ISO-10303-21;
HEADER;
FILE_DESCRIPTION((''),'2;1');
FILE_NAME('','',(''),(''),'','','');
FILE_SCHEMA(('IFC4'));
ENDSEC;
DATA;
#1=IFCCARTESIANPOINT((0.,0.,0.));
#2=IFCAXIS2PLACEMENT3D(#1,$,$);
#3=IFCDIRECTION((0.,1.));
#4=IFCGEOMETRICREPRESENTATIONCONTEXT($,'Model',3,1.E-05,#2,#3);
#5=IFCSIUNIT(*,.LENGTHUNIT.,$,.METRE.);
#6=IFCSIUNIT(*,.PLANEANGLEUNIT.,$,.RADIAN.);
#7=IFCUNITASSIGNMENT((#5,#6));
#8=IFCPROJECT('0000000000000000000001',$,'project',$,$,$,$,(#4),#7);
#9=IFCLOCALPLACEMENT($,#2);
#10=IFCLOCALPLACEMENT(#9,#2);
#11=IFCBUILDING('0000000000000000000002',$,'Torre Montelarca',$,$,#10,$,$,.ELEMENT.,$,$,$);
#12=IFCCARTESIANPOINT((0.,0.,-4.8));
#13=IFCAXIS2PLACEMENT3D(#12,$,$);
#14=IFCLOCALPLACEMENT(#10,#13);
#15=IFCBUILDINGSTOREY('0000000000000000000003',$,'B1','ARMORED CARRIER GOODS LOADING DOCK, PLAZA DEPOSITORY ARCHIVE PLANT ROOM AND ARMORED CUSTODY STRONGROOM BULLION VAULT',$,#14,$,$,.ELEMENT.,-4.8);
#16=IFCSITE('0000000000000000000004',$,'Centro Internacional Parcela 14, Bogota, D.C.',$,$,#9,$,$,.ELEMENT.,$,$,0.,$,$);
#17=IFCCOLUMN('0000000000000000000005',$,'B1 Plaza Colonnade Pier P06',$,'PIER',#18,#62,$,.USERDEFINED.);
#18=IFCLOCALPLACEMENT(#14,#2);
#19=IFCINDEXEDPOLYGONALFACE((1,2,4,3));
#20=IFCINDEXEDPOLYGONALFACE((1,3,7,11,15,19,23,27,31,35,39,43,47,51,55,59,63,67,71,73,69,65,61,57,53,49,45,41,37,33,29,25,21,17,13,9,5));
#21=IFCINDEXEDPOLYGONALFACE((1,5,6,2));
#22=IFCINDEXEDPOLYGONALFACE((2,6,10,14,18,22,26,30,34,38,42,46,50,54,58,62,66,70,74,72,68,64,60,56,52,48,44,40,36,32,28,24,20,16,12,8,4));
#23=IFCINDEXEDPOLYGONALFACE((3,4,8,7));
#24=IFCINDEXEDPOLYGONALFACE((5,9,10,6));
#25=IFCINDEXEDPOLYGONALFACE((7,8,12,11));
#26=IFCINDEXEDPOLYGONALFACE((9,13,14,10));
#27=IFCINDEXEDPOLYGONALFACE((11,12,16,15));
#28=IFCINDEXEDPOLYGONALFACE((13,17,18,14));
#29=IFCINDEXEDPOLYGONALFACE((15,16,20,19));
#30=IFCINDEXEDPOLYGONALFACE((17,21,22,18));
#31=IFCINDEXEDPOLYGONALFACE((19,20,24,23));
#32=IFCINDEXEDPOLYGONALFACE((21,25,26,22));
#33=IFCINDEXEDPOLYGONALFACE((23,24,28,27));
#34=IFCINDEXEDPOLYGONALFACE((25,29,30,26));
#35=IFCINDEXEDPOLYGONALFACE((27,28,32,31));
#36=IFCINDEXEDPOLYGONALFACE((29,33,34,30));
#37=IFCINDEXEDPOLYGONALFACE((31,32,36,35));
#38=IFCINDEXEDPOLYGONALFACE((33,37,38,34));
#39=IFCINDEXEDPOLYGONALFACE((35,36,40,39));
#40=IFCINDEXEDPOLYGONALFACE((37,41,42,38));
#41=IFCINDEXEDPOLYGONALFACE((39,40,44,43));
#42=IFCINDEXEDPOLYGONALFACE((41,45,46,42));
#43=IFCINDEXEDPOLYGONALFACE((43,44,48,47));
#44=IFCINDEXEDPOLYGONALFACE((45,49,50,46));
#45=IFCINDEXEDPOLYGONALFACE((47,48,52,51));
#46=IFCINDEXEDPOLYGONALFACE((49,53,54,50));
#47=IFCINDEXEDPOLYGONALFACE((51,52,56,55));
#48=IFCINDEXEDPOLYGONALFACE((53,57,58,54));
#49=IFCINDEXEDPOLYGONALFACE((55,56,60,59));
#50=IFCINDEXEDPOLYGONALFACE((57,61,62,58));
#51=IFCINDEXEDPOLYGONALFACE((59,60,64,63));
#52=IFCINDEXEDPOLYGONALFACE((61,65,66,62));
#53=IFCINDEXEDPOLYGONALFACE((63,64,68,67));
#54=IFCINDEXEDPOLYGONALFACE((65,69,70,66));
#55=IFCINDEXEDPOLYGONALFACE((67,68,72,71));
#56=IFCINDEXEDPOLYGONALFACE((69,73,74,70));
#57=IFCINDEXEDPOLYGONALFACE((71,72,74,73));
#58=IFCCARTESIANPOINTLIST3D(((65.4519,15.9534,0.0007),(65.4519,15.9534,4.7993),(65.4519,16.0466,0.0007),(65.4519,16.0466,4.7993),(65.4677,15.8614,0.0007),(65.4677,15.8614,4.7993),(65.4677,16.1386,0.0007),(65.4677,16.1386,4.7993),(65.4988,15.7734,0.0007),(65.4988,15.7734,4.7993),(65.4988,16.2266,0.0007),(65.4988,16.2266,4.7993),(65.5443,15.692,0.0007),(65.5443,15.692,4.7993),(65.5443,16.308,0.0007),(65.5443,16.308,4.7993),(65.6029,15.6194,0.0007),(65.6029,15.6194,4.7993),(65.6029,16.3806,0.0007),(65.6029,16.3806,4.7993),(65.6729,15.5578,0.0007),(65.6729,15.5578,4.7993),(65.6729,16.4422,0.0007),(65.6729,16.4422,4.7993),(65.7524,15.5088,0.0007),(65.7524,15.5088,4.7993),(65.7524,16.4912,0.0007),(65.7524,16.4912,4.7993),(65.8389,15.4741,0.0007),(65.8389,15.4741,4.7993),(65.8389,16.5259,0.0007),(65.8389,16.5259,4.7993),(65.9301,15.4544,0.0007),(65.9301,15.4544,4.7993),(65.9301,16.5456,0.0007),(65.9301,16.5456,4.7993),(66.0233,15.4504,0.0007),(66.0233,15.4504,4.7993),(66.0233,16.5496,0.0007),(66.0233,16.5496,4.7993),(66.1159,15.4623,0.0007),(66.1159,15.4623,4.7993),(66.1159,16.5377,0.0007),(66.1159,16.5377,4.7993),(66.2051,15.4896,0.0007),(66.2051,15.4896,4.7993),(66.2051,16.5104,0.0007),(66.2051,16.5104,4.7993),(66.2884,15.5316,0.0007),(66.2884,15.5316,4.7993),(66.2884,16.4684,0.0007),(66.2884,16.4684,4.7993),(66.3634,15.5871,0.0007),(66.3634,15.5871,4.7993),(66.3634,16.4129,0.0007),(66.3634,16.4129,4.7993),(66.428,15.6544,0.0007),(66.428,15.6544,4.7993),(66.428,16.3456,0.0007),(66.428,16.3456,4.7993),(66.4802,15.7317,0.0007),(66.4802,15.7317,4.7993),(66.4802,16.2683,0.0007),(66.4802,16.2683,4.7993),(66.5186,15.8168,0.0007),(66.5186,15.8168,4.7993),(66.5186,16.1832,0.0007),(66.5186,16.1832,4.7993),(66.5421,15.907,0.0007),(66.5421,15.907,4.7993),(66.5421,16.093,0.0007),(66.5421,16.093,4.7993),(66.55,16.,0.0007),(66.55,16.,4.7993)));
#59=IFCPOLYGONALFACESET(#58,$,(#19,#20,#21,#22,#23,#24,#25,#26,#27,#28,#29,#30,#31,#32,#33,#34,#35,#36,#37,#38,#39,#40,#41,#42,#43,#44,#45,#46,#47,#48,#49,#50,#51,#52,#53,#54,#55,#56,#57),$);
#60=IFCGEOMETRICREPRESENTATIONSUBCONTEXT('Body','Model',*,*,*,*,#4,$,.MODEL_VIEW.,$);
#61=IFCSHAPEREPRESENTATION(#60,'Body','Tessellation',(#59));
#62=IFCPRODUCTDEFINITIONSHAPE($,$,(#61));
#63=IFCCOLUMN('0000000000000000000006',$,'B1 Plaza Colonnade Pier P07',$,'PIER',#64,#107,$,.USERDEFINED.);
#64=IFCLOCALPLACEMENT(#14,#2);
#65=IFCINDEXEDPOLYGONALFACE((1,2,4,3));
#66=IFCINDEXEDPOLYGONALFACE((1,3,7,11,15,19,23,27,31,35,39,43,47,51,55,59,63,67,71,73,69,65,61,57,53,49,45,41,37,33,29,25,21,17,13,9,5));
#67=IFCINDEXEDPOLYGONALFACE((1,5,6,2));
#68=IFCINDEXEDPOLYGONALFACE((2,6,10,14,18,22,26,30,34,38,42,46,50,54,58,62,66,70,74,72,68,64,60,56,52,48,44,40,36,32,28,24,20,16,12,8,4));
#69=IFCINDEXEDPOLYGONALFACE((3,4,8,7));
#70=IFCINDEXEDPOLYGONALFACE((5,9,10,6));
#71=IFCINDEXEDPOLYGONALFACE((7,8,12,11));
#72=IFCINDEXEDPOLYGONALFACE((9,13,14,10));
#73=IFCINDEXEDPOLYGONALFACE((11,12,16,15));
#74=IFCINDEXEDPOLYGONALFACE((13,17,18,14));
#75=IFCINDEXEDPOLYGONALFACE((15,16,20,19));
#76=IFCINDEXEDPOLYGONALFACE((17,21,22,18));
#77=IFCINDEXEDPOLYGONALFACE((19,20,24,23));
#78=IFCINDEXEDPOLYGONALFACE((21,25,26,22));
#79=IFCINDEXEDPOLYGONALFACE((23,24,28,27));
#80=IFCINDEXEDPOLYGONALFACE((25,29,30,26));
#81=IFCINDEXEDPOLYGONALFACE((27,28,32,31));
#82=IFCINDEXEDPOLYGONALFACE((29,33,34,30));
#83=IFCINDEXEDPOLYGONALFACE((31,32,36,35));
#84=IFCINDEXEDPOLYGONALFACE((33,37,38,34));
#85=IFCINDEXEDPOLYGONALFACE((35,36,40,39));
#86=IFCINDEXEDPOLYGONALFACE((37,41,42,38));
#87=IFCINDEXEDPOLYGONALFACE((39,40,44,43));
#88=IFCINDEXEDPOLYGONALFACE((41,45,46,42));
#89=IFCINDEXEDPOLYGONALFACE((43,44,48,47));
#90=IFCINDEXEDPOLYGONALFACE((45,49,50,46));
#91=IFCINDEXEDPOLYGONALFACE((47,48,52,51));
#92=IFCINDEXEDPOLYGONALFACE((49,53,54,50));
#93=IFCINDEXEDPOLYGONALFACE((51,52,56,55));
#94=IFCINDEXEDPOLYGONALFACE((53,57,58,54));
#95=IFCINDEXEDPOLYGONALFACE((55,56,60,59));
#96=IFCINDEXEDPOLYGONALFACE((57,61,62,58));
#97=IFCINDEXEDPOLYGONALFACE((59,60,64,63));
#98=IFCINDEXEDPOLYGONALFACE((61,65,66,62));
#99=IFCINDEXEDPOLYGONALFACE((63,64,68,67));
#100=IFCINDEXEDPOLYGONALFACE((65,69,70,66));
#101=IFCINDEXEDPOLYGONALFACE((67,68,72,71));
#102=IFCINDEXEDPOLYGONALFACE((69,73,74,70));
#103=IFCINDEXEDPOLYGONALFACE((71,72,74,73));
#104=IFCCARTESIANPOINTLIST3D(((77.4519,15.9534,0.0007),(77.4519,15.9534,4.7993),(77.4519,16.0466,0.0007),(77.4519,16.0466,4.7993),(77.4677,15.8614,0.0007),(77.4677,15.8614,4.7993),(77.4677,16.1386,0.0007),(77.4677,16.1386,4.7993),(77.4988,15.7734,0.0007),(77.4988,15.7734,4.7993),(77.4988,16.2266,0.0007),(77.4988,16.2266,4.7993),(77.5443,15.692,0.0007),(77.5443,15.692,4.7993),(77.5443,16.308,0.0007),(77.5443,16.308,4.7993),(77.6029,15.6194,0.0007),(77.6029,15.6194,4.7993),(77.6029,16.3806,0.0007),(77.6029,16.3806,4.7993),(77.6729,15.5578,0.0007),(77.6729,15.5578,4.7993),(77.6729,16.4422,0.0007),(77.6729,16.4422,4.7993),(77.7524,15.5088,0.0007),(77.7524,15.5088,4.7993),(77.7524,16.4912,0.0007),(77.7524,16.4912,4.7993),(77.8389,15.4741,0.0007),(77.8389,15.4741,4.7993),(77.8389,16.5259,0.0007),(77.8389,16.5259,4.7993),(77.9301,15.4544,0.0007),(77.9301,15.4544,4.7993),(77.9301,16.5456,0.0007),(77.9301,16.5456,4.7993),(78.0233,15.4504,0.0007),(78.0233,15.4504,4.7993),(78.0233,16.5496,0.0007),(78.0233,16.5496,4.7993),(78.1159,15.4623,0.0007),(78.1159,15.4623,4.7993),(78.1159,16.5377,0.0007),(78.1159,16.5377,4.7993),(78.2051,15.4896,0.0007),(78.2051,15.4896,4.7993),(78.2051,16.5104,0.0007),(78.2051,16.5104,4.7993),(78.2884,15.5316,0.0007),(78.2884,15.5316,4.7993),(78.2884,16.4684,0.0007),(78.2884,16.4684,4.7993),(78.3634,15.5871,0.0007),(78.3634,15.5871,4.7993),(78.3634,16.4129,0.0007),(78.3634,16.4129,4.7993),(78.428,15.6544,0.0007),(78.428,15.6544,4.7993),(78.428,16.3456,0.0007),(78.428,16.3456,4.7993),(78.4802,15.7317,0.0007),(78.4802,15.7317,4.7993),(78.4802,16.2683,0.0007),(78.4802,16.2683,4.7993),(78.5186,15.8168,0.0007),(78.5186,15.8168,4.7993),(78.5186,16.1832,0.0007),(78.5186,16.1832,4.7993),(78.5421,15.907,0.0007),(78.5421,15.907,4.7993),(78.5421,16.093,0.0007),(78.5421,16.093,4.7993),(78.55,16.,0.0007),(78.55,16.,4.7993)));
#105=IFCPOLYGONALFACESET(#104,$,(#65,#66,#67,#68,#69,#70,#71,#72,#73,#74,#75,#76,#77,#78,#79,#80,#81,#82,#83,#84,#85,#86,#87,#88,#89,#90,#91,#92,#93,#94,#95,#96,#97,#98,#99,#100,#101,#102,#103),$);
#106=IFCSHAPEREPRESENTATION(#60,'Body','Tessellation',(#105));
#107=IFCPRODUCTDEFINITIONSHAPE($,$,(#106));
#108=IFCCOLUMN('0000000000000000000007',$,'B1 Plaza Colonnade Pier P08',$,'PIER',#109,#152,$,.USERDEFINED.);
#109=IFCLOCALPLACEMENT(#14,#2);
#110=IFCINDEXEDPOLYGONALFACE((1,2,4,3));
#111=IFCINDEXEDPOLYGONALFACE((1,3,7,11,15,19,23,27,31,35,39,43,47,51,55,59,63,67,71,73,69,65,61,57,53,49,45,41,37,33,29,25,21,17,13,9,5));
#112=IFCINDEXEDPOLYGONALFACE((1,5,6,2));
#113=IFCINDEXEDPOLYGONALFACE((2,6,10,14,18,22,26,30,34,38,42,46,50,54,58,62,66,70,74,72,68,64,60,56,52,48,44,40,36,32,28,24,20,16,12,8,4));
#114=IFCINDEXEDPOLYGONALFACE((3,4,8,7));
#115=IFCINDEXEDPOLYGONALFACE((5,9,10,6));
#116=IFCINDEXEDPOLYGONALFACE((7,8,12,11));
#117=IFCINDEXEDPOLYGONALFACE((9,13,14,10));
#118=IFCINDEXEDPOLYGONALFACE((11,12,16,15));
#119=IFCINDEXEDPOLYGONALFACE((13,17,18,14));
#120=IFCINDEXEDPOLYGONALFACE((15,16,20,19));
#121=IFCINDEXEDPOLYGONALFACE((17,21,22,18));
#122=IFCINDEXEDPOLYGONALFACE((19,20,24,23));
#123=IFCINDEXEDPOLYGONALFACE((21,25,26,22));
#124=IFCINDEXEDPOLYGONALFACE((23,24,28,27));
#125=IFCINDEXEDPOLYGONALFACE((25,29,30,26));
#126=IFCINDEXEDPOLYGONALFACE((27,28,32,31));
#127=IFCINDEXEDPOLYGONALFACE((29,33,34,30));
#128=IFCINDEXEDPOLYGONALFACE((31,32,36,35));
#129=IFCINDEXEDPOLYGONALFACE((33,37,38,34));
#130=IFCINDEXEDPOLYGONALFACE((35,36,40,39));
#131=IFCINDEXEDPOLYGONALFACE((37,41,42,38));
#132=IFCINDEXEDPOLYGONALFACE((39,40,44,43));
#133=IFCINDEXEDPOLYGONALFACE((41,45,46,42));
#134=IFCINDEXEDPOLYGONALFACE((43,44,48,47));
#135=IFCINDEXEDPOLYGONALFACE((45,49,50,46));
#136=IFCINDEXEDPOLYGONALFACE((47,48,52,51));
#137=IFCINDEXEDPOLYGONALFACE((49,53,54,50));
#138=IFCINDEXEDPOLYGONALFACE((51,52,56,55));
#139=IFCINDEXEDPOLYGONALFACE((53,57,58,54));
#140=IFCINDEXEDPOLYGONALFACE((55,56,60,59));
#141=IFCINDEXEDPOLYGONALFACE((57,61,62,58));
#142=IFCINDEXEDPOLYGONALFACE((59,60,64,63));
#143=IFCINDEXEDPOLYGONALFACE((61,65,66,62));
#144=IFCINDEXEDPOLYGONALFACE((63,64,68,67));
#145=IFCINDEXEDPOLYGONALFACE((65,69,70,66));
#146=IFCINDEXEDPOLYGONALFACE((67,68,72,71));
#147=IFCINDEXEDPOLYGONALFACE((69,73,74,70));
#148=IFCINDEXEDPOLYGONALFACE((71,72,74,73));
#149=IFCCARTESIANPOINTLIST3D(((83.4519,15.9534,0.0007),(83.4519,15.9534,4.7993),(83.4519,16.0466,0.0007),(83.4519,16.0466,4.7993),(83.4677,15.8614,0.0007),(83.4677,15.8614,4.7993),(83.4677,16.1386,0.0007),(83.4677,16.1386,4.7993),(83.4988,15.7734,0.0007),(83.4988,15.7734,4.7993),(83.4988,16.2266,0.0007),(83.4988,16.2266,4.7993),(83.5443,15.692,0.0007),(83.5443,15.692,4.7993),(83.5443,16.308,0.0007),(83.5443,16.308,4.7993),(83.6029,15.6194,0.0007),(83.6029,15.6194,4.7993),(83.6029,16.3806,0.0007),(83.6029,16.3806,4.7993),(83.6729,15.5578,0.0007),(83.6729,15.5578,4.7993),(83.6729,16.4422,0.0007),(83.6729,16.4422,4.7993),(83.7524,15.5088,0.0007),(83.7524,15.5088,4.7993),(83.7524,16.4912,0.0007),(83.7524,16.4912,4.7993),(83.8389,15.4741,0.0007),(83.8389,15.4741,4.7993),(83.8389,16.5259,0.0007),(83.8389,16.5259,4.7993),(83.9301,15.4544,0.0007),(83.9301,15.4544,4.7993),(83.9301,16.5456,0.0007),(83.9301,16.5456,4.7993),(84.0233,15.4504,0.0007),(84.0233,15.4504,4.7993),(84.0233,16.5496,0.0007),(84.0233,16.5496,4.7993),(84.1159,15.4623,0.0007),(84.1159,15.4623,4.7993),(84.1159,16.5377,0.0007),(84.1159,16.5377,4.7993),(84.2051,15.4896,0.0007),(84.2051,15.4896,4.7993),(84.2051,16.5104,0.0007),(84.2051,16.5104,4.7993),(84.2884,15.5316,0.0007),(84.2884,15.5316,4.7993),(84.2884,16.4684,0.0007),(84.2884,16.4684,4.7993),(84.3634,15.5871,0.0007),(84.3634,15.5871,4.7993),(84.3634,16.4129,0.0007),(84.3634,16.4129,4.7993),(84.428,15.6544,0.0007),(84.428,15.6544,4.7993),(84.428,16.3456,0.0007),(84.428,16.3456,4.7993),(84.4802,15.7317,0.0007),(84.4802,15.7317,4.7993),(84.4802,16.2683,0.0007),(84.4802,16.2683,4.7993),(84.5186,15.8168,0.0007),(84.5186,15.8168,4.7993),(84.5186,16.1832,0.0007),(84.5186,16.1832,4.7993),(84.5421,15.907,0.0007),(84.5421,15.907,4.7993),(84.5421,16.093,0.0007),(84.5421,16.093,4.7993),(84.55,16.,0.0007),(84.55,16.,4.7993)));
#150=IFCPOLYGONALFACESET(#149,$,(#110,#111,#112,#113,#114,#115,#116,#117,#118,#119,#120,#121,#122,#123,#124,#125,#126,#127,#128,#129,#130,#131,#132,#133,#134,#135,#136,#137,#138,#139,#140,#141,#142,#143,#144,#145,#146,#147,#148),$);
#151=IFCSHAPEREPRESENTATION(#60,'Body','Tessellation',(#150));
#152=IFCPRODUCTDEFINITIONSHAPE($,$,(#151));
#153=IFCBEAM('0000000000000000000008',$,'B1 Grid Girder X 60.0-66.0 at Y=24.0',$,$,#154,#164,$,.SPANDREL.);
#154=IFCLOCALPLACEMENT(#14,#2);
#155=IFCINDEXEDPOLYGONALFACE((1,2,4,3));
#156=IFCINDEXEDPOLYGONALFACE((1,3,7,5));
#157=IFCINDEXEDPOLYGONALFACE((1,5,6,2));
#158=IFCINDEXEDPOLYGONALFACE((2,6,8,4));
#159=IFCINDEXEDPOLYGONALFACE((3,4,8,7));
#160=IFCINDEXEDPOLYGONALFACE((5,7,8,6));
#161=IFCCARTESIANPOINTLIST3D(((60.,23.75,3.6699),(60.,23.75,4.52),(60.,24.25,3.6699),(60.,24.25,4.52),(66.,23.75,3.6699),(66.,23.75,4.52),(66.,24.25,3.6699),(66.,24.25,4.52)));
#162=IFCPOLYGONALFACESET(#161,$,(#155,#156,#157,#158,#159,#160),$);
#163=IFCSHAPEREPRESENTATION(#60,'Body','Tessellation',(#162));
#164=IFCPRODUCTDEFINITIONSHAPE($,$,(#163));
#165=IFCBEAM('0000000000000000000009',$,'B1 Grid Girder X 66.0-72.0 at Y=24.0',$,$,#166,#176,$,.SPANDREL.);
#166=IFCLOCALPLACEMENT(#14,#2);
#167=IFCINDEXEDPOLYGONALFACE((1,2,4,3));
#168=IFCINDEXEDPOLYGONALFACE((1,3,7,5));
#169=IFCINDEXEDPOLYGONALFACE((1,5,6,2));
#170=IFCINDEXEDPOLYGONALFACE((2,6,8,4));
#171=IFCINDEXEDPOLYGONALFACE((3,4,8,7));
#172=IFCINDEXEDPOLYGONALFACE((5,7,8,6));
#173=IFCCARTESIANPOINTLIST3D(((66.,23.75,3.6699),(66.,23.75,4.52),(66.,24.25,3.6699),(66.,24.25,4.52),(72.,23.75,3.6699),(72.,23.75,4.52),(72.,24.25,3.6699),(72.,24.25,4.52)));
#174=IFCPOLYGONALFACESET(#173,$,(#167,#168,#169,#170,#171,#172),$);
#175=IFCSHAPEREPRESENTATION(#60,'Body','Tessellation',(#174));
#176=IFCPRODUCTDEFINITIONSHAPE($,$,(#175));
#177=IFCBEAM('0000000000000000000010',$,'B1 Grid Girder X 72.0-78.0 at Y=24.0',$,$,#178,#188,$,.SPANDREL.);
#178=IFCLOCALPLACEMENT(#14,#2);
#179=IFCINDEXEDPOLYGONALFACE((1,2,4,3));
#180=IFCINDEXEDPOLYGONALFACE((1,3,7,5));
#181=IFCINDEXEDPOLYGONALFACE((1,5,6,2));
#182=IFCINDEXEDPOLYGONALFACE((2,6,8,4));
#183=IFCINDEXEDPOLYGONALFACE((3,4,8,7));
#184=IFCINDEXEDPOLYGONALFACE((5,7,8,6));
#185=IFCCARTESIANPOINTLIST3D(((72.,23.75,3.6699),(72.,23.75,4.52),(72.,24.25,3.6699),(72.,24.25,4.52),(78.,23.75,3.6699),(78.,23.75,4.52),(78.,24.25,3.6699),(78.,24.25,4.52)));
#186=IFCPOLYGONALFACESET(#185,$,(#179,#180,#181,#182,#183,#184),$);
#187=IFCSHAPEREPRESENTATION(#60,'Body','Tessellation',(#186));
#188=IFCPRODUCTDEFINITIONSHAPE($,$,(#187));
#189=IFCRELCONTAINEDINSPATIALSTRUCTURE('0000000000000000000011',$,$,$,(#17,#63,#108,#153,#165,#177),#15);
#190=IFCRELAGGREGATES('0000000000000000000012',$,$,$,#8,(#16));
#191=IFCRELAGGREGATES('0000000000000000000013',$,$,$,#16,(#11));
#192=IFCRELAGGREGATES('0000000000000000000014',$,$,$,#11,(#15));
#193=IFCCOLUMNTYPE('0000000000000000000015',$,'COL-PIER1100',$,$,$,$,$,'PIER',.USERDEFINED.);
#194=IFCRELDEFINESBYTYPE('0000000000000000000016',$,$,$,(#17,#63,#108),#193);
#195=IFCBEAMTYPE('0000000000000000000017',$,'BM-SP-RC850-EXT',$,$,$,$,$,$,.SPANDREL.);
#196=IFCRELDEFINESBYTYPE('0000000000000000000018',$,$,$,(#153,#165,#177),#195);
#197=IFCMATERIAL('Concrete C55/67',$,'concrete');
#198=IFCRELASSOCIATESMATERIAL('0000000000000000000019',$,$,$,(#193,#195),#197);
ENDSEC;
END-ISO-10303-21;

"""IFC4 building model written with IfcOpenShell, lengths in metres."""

from ifc_helpers import new_model, si_unit, direction, frame, origin, origin_2d, place, context, subcontext, project, spatial, rectangle, circle, extrude, source, transform, mapped, material, material_profile, profile_set, type_object, element, save


model = new_model("IFC4")

# Units and contexts
model_context = context("Model", 3, precision=1e-05, world=origin(), true_north=direction((0.0, 1.0)))
body_context = subcontext(model_context, "Body", "Model", "MODEL_VIEW")
ifc_project = project(units=[si_unit("LENGTHUNIT", "METRE"), si_unit("PLANEANGLEUNIT", "RADIAN")], contexts=[model_context])

# Site, building, storey
site_placement = place(None, origin())
site = spatial("IfcSite", under=ifc_project, at=site_placement, Name="Centro Internacional Parcela 14, Bogota, D.C.", CompositionType="ELEMENT", RefElevation=0.0)
building_placement = place(site_placement, origin())
building = spatial("IfcBuilding", under=site, at=building_placement, Name="Torre Montelarca", CompositionType="ELEMENT")
storey_placement = place(building_placement, frame((0.0, 0.0, -4.8)))
storey = spatial("IfcBuildingStorey", under=building, at=storey_placement, Name="B1", Description="ARMORED CARRIER GOODS LOADING DOCK, PLAZA DEPOSITORY ARCHIVE PLANT ROOM AND ARMORED CUSTODY STRONGROOM BULLION VAULT", CompositionType="ELEMENT", Elevation=-4.8)

# Columns
ifc_material_1 = material(Name="Concrete C55/67", Category="concrete")
ifc_material_profile_1 = material_profile(ifc_material_1, circle(Radius=0.55, at=origin_2d()), Name="RCC1100", Category="concrete")
ifc_profile_set_1 = profile_set([ifc_material_profile_1], Name="Concrete C55/67")
column_type_1 = type_object("IfcColumnType", Name="COL-PIER1100", ElementType="PIER", PredefinedType="USERDEFINED", material=ifc_profile_set_1)
shared_shape_1 = source(origin(), body_context, "Body", "SweptSolid", [
    extrude(circle(Radius=0.55, at=origin_2d()), origin(), (0.0, 0.0, 1.0), 4.7986),
])
for number, where, z_axis, x_axis, name in (
    (1, (66.0, 16.0, 0.0007), (0.0, 0.0, 1.0), (1.0, 0.0, 0.0), "B1 Plaza Colonnade Pier P06"),
    (2, (78.0, 16.0, 0.0007), (0.0, 0.0, 1.0), (1.0, 0.0, 0.0), "B1 Plaza Colonnade Pier P07"),
    (3, (84.0, 16.0, 0.0007), (0.0, 0.0, 1.0), (1.0, 0.0, 0.0), "B1 Plaza Colonnade Pier P08"),
):
    element("IfcColumn", number, at=place(storey_placement, frame(where, z_axis=z_axis, x_axis=x_axis)), inside=storey, type_object=column_type_1, Name=name, ObjectType="PIER", PredefinedType="USERDEFINED", context=body_context, shape_type="MappedRepresentation", body=[
        mapped(shared_shape_1, transform((0.0, 0.0, 0.0), scale=1.0)),
    ])

# Beams
ifc_material_profile_2 = material_profile(ifc_material_1, rectangle(XDim=0.5, YDim=0.8501, at=origin_2d()), Name="RCB500X850", Category="concrete")
ifc_profile_set_2 = profile_set([ifc_material_profile_2], Name="Concrete C55/67")
beam_type_1 = type_object("IfcBeamType", Name="BM-SP-RC850-EXT", PredefinedType="SPANDREL", material=ifc_profile_set_2)
shared_shape_2 = source(origin(), body_context, "Body", "SweptSolid", [
    extrude(rectangle(XDim=0.5, YDim=0.8501, at=origin_2d()), origin(), (0.0, 0.0, 1.0), 6.0),
])
for number, where, z_axis, x_axis, name in (
    (4, (60.0, 24.0, 4.095), (1.0, 0.0, 0.0), (0.0, 1.0, 0.0), "B1 Grid Girder X 60.0-66.0 at Y=24.0"),
    (5, (66.0, 24.0, 4.095), (1.0, 0.0, 0.0), (0.0, 1.0, 0.0), "B1 Grid Girder X 66.0-72.0 at Y=24.0"),
    (6, (72.0, 24.0, 4.095), (1.0, 0.0, 0.0), (0.0, 1.0, 0.0), "B1 Grid Girder X 72.0-78.0 at Y=24.0"),
):
    element("IfcBeam", number, at=place(storey_placement, frame(where, z_axis=z_axis, x_axis=x_axis)), inside=storey, type_object=beam_type_1, Name=name, PredefinedType="SPANDREL", context=body_context, shape_type="MappedRepresentation", body=[
        mapped(shared_shape_2, transform((0.0, 0.0, 0.0), scale=1.0)),
    ])

save(model, "model.ifc")
